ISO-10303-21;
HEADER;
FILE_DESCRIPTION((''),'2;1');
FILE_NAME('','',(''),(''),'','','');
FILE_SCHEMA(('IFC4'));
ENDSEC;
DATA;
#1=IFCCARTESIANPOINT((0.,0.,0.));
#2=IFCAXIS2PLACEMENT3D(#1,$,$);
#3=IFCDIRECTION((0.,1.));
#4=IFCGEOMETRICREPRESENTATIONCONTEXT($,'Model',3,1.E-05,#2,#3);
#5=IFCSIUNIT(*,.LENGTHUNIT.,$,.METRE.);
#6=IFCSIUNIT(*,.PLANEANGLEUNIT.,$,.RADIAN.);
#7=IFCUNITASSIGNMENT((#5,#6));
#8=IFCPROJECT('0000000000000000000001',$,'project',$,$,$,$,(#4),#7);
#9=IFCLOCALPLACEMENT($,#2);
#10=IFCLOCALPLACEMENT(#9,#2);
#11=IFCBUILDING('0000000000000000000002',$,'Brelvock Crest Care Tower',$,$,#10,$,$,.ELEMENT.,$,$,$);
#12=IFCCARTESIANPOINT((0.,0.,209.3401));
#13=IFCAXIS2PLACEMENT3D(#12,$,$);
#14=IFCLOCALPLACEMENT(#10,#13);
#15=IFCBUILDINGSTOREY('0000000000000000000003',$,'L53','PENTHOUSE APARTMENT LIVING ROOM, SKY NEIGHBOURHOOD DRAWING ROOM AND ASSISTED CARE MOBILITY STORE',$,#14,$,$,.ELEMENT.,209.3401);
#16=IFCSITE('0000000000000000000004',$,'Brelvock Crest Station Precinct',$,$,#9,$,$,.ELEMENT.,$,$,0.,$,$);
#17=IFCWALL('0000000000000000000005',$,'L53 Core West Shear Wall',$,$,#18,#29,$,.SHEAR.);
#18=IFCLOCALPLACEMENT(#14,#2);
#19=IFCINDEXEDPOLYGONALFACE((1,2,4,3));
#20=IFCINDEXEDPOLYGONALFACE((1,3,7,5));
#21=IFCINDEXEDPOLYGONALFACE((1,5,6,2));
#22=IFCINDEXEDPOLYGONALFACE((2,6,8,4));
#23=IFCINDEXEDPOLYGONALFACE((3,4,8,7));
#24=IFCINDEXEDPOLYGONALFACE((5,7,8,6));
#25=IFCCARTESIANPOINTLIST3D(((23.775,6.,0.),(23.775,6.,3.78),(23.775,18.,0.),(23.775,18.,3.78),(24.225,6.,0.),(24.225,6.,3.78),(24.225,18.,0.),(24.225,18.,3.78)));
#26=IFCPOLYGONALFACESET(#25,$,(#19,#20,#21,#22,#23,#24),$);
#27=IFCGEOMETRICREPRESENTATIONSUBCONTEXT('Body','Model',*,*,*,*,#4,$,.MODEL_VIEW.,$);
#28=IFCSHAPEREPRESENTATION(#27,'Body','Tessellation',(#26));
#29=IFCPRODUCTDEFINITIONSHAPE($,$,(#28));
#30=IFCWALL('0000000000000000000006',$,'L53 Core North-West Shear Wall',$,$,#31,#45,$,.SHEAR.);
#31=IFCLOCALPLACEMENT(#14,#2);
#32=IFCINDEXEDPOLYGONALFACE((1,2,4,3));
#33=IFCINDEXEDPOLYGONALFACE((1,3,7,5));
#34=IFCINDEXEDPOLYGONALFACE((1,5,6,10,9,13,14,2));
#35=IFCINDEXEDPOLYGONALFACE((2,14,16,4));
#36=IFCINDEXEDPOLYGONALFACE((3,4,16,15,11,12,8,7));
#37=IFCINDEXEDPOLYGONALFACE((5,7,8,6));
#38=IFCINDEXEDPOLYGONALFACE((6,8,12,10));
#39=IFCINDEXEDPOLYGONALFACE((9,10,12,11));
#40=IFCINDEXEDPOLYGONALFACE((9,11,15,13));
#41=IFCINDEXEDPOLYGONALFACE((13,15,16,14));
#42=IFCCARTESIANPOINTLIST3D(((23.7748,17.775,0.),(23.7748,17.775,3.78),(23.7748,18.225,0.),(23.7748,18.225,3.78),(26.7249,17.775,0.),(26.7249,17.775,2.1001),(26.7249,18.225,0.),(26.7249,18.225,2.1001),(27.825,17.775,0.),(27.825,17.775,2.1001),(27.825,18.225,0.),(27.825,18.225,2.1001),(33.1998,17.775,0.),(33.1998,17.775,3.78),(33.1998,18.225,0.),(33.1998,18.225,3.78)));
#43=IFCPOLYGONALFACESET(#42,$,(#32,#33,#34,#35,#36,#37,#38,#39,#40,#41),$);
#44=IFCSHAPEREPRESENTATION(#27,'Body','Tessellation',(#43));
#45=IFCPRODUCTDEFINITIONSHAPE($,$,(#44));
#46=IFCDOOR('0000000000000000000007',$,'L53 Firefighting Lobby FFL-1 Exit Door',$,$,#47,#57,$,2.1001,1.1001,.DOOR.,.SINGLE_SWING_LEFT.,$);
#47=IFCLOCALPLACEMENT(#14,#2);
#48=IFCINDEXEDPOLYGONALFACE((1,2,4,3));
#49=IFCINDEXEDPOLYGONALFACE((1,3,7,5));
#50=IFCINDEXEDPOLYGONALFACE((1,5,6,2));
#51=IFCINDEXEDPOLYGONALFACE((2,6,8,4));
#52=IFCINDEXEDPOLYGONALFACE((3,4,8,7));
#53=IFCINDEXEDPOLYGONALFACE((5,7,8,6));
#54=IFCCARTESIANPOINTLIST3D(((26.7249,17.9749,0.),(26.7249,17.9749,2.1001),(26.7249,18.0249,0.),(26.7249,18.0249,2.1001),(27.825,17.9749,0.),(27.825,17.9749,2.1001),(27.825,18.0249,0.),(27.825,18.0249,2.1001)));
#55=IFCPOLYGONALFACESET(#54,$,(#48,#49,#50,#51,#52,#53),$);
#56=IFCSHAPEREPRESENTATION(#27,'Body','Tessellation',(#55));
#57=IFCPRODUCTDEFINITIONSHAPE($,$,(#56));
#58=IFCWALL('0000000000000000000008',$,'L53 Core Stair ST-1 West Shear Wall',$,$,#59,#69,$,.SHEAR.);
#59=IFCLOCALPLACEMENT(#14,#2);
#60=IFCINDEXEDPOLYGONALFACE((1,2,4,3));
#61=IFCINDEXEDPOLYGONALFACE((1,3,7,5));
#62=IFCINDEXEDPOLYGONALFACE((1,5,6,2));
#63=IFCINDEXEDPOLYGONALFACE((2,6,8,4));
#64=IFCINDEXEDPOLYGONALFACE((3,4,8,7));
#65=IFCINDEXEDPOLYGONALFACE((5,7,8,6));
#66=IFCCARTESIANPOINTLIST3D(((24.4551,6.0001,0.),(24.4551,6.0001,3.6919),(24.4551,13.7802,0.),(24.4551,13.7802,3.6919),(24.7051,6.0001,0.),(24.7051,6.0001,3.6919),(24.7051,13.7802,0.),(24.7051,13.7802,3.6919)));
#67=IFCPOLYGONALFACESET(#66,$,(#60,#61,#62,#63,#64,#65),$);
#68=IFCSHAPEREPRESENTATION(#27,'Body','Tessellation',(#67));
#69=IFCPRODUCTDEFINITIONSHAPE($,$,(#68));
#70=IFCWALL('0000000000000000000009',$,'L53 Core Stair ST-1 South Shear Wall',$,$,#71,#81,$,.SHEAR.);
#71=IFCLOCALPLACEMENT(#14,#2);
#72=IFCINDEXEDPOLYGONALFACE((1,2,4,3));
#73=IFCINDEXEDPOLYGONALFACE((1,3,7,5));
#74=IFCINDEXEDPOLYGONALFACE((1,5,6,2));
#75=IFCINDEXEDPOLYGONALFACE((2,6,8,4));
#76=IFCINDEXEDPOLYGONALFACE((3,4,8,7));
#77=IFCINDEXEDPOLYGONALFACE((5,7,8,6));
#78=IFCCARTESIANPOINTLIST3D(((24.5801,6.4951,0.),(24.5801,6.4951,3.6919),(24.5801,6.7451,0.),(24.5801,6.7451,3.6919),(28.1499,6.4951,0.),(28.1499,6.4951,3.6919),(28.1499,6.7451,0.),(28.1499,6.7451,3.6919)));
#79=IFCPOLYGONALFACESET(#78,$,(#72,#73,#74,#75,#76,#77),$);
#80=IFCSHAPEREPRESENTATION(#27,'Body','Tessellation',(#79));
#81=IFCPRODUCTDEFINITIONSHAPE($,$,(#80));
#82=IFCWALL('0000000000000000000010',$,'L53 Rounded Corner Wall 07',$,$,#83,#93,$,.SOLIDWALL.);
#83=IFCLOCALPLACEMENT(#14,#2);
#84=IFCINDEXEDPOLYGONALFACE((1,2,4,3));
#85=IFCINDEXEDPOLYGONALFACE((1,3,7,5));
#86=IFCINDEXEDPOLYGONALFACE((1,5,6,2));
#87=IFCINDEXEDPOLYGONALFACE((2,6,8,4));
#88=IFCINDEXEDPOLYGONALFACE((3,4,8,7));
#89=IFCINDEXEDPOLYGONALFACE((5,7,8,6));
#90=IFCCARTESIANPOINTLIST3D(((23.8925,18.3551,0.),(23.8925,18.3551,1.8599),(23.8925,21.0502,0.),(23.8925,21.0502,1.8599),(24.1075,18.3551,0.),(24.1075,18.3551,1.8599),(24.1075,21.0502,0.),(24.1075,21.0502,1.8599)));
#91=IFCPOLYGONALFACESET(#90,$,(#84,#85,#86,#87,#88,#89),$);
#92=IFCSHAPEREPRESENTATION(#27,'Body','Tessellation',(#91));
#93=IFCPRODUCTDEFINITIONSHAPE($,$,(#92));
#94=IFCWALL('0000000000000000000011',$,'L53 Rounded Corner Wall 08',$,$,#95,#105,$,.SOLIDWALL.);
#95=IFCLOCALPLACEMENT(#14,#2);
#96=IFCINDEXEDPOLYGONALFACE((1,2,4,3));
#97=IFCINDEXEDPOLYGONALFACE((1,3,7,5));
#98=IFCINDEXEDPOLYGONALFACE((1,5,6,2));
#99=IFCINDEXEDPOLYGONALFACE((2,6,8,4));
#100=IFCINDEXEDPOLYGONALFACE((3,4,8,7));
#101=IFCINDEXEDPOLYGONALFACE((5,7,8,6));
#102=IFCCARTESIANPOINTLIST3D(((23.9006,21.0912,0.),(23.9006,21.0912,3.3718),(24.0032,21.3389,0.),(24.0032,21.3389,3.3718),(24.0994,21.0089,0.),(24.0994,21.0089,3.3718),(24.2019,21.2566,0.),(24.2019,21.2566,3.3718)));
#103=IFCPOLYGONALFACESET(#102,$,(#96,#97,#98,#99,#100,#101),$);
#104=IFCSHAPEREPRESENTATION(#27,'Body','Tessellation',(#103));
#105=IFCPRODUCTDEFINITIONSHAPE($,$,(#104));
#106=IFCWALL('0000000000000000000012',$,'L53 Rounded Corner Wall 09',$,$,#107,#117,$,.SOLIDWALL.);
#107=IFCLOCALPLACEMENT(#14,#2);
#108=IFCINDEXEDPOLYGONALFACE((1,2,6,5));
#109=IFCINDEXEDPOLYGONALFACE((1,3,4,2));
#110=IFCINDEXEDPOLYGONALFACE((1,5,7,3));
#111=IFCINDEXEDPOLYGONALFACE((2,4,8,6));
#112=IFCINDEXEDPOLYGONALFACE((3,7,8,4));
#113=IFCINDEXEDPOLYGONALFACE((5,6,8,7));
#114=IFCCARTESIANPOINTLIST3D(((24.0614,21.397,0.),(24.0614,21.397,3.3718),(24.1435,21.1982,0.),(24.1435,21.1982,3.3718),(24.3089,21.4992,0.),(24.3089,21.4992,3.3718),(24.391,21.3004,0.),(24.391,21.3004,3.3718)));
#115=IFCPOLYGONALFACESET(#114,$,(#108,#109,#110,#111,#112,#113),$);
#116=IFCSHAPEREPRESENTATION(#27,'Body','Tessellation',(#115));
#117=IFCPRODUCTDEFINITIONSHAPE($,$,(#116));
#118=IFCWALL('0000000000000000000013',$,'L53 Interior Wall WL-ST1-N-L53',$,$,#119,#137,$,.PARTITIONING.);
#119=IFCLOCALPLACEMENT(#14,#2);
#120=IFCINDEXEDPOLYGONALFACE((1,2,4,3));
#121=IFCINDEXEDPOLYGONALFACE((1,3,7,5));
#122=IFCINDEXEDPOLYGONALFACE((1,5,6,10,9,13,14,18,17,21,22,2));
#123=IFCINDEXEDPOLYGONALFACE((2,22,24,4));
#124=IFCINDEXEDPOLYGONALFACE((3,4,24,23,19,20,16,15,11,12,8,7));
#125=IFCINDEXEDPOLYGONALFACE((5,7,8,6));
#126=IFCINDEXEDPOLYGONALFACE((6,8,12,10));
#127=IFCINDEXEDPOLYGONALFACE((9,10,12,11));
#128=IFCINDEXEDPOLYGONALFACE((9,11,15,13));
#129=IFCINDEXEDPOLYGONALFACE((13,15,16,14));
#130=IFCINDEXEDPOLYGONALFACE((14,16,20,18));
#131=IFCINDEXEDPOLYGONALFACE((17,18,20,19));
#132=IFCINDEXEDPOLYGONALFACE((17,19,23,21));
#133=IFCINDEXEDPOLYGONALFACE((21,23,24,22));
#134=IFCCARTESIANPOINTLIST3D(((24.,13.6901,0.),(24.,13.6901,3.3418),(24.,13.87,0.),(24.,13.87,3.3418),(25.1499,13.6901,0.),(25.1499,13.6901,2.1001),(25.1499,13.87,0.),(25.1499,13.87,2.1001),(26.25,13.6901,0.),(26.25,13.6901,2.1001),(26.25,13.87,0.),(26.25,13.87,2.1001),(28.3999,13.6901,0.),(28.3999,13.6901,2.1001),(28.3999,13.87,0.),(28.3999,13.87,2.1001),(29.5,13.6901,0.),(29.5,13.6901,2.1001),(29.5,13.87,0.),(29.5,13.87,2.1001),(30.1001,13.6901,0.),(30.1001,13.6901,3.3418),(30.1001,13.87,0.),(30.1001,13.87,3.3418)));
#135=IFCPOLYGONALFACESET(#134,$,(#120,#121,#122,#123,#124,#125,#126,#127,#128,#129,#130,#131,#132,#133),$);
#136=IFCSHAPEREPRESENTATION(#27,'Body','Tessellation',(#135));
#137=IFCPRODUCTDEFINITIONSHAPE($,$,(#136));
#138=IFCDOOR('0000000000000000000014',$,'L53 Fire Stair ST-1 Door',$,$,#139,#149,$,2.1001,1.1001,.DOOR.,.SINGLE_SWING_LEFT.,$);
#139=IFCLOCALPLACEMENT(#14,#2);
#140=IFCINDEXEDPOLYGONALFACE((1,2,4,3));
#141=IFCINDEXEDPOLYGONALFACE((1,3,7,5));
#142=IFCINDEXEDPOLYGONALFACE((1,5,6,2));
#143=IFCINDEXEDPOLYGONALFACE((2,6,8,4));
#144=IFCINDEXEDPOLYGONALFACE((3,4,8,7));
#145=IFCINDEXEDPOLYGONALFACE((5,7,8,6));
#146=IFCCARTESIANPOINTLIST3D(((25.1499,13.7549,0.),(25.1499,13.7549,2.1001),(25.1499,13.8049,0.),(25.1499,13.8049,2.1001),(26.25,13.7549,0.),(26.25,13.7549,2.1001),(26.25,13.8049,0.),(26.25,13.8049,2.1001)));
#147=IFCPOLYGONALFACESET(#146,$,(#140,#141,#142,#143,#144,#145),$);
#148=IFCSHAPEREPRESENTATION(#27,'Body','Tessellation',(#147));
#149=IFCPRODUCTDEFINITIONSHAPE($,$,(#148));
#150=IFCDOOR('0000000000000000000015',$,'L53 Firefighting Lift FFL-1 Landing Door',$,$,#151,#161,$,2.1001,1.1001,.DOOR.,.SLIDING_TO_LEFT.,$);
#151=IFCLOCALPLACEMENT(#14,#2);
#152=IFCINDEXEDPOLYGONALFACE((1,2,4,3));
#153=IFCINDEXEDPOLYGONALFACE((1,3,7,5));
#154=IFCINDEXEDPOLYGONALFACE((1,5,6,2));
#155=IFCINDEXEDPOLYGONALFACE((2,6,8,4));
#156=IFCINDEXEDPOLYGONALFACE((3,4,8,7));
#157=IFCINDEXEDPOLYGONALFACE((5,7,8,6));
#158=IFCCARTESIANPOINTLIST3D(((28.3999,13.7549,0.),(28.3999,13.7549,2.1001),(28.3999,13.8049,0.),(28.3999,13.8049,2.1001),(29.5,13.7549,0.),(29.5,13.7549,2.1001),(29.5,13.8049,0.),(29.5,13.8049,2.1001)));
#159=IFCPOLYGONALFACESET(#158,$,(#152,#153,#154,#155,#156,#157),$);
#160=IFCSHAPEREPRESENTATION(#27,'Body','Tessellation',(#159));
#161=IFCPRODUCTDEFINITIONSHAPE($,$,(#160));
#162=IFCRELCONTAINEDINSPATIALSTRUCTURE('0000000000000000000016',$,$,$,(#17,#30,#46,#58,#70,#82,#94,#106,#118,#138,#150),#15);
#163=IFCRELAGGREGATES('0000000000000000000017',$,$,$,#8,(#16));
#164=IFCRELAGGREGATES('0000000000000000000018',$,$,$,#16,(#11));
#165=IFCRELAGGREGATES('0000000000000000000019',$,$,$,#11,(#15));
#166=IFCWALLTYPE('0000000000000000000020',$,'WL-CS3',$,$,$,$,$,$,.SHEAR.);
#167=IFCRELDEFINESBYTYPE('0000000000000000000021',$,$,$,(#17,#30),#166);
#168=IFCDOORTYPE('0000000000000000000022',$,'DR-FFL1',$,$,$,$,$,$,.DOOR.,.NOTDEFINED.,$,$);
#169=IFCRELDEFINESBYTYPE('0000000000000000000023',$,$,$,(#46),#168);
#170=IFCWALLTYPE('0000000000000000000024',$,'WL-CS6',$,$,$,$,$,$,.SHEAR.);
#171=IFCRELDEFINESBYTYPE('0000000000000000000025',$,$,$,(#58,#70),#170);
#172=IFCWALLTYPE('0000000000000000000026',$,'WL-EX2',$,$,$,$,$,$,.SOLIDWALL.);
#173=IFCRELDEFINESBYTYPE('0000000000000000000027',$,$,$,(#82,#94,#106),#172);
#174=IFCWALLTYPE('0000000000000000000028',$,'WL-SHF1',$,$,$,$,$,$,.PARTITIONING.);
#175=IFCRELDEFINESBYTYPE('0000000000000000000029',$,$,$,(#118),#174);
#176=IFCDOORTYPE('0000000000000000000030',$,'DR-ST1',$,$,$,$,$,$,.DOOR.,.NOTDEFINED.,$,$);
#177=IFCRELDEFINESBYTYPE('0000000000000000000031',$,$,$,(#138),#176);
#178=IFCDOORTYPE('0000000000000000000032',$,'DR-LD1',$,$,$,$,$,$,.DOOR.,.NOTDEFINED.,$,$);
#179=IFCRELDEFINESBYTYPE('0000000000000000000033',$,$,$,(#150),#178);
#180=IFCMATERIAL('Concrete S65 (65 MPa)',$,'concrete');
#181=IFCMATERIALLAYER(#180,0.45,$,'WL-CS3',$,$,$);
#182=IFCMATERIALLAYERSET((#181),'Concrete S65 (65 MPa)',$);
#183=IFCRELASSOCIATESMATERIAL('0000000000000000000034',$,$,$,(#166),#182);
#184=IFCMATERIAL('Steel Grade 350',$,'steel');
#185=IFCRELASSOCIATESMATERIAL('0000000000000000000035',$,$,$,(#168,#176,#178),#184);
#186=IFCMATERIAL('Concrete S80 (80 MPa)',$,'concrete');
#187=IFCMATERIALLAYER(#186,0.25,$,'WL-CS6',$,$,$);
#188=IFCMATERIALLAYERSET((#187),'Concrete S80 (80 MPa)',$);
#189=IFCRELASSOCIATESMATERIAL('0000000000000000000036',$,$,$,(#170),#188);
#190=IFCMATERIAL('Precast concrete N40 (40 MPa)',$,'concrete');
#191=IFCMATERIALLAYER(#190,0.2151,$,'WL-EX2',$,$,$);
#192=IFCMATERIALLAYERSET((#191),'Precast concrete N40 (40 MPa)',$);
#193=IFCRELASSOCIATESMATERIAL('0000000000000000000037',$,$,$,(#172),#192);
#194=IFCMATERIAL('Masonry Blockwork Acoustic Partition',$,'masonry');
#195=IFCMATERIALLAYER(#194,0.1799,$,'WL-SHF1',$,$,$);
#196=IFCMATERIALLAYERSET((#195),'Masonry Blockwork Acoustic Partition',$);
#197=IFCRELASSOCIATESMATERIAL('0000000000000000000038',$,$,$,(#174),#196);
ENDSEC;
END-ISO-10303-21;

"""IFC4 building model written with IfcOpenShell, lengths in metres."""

from ifc_helpers import new_model, si_unit, direction, frame, frame_2d, origin, origin_2d, place, context, subcontext, project, spatial, rectangle, extrude, source, transform, mapped, material, layer, layer_set, type_object, element, fill, save


model = new_model("IFC4")

# Units and contexts
model_context = context("Model", 3, precision=1e-05, world=origin(), true_north=direction((0.0, 1.0)))
body_context = subcontext(model_context, "Body", "Model", "MODEL_VIEW")
ifc_project = project(units=[si_unit("LENGTHUNIT", "METRE"), si_unit("PLANEANGLEUNIT", "RADIAN")], contexts=[model_context])

# Site, building, storey
site_placement = place(None, origin())
site = spatial("IfcSite", under=ifc_project, at=site_placement, Name="Brelvock Crest Station Precinct", CompositionType="ELEMENT", RefElevation=0.0)
building_placement = place(site_placement, origin())
building = spatial("IfcBuilding", under=site, at=building_placement, Name="Brelvock Crest Care Tower", CompositionType="ELEMENT")
storey_placement = place(building_placement, frame((0.0, 0.0, 209.3401)))
storey = spatial("IfcBuildingStorey", under=building, at=storey_placement, Name="L53", Description="PENTHOUSE APARTMENT LIVING ROOM, SKY NEIGHBOURHOOD DRAWING ROOM AND ASSISTED CARE MOBILITY STORE", CompositionType="ELEMENT", Elevation=209.3401)

# Shared definitions
ifc_material_1 = material(Name="Concrete S65 (65 MPa)", Category="concrete")

# Shared definitions
ifc_material_2 = material(Name="Steel Grade 350", Category="steel")

# Wall
ifc_layer_1 = layer(ifc_material_1, 0.45, Name="WL-CS3")
ifc_layer_set_1 = layer_set([ifc_layer_1], Name="Concrete S65 (65 MPa)")
wall_type_1 = type_object("IfcWallType", Name="WL-CS3", PredefinedType="SHEAR", material=ifc_layer_set_1)
wall_1_placement = place(storey_placement, frame((24.0, 6.0, 0.0), z_axis=(0.0, 0.0, 1.0), x_axis=(0.0, 1.0, 0.0)))
element("IfcWall", 1, at=wall_1_placement, inside=storey, type_object=wall_type_1, Name="L53 Core West Shear Wall", PredefinedType="SHEAR", context=body_context, shape_type="SweptSolid", body=[
    extrude(rectangle(XDim=12.0, YDim=0.45, at=frame_2d((6.0, 0.0))), origin(), (0.0, 0.0, 1.0), 3.78),
])

# Wall, opening, door
wall_2_placement = place(storey_placement, frame((23.7749, 18.0, 0.0), z_axis=(0.0, 0.0, 1.0), x_axis=(1.0, 0.0, 0.0)))
wall_2 = element("IfcWall", 2, at=wall_2_placement, inside=storey, type_object=wall_type_1, Name="L53 Core North-West Shear Wall", PredefinedType="SHEAR", context=body_context, shape_type="SweptSolid", body=[
    extrude(rectangle(XDim=9.425, YDim=0.45, at=frame_2d((4.7124, 0.0))), origin(), (0.0, 0.0, 1.0), 3.78),
])
opening_1_placement = place(wall_2_placement, frame((2.95, 0.0, 0.0)))
opening_1 = element("IfcOpeningElement", 3, at=opening_1_placement, cuts=wall_2, PredefinedType="OPENING", context=body_context, shape_type="SweptSolid", body=[
    extrude(rectangle(XDim=1.1001, YDim=2.1001, at=origin_2d()), frame((0.55, 0.2349, 1.05), z_axis=(0.0, -1.0, 0.0), x_axis=(1.0, 0.0, 0.0)), (0.0, 0.0, 1.0), 0.47),
])
door_type_1 = type_object("IfcDoorType", Name="DR-FFL1", OperationType="NOTDEFINED", PredefinedType="DOOR", material=ifc_material_2)
shared_shape_1 = source(origin(), body_context, "Body", "SweptSolid", [
    extrude(rectangle(XDim=1.1001, YDim=2.1001, at=origin_2d()), frame((0.55, 0.0249, 1.05), z_axis=(0.0, -1.0, 0.0), x_axis=(1.0, 0.0, 0.0)), (0.0, 0.0, 1.0), 0.05),
])
door_1_placement = place(opening_1_placement, origin())
door_1 = element("IfcDoor", 4, at=door_1_placement, inside=storey, type_object=door_type_1, Name="L53 Firefighting Lobby FFL-1 Exit Door", OperationType="SINGLE_SWING_LEFT", OverallHeight=2.1001, OverallWidth=1.1001, PredefinedType="DOOR", context=body_context, shape_type="MappedRepresentation", body=[
    mapped(shared_shape_1, transform((0.0, 0.0, 0.0), x_axis=(1.0, 0.0, 0.0), y_axis=(0.0, 1.0, 0.0), z_axis=(0.0, 0.0, 1.0), scale=1.0)),
])
fill(opening_1, door_1)

# Walls
ifc_material_3 = material(Name="Concrete S80 (80 MPa)", Category="concrete")
ifc_layer_2 = layer(ifc_material_3, 0.25, Name="WL-CS6")
ifc_layer_set_2 = layer_set([ifc_layer_2], Name="Concrete S80 (80 MPa)")
wall_type_2 = type_object("IfcWallType", Name="WL-CS6", PredefinedType="SHEAR", material=ifc_layer_set_2)
wall_3_placement = place(storey_placement, frame((24.5801, 6.0, 0.0), z_axis=(0.0, 0.0, 1.0), x_axis=(0.0, 1.0, 0.0)))
element("IfcWall", 5, at=wall_3_placement, inside=storey, type_object=wall_type_2, Name="L53 Core Stair ST-1 West Shear Wall", PredefinedType="SHEAR", context=body_context, shape_type="SweptSolid", body=[
    extrude(rectangle(XDim=7.78, YDim=0.25, at=frame_2d((3.8901, 0.0))), origin(), (0.0, 0.0, 1.0), 3.6919),
])
wall_4_placement = place(storey_placement, frame((24.5801, 6.6201, 0.0), z_axis=(0.0, 0.0, 1.0), x_axis=(1.0, 0.0, 0.0)))
element("IfcWall", 6, at=wall_4_placement, inside=storey, type_object=wall_type_2, Name="L53 Core Stair ST-1 South Shear Wall", PredefinedType="SHEAR", context=body_context, shape_type="SweptSolid", body=[
    extrude(rectangle(XDim=3.5698, YDim=0.25, at=frame_2d((1.7849, 0.0))), origin(), (0.0, 0.0, 1.0), 3.6919),
])
ifc_material_4 = material(Name="Precast concrete N40 (40 MPa)", Category="concrete")
ifc_layer_3 = layer(ifc_material_4, 0.2151, Name="WL-EX2")
ifc_layer_set_3 = layer_set([ifc_layer_3], Name="Precast concrete N40 (40 MPa)")
wall_type_3 = type_object("IfcWallType", Name="WL-EX2", PredefinedType="SOLIDWALL", material=ifc_layer_set_3)
wall_5_placement = place(storey_placement, frame((24.0, 18.355, 0.0), z_axis=(0.0, 0.0, 1.0), x_axis=(0.0, 1.0, 0.0)))
element("IfcWall", 7, at=wall_5_placement, inside=storey, type_object=wall_type_3, Name="L53 Rounded Corner Wall 07", PredefinedType="SOLIDWALL", context=body_context, shape_type="SweptSolid", body=[
    extrude(rectangle(XDim=2.6951, YDim=0.2151, at=frame_2d((1.3477, 0.0))), origin(), (0.0, 0.0, 1.0), 1.8599),
])
wall_6_placement = place(storey_placement, frame((24.0, 21.05, 0.0), z_axis=(0.0, 0.0, 1.0), x_axis=(0.382674, 0.923884, 0.0)))
element("IfcWall", 8, at=wall_6_placement, inside=storey, type_object=wall_type_3, Name="L53 Rounded Corner Wall 08", PredefinedType="SOLIDWALL", context=body_context, shape_type="SweptSolid", body=[
    extrude(rectangle(XDim=0.2681, YDim=0.2151, at=frame_2d((0.134, 0.0))), origin(), (0.0, 0.0, 1.0), 3.3718),
])
wall_7_placement = place(storey_placement, frame((24.1025, 21.2976, 0.0), z_axis=(0.0, 0.0, 1.0), x_axis=(0.924205, 0.381896, 0.0)))
element("IfcWall", 9, at=wall_7_placement, inside=storey, type_object=wall_type_3, Name="L53 Rounded Corner Wall 09", PredefinedType="SOLIDWALL", context=body_context, shape_type="SweptSolid", body=[
    extrude(rectangle(XDim=0.2678, YDim=0.2151, at=frame_2d((0.1338, 0.0))), origin(), (0.0, 0.0, 1.0), 3.3718),
])

# Wall, openings, doors
ifc_material_5 = material(Name="Masonry Blockwork Acoustic Partition", Category="masonry")
ifc_layer_4 = layer(ifc_material_5, 0.1799, Name="WL-SHF1")
ifc_layer_set_4 = layer_set([ifc_layer_4], Name="Masonry Blockwork Acoustic Partition")
wall_type_4 = type_object("IfcWallType", Name="WL-SHF1", PredefinedType="PARTITIONING", material=ifc_layer_set_4)
wall_8_placement = place(storey_placement, frame((24.0, 13.78, 0.0), z_axis=(0.0, 0.0, 1.0), x_axis=(1.0, 0.0, 0.0)))
wall_8 = element("IfcWall", 10, at=wall_8_placement, inside=storey, type_object=wall_type_4, Name="L53 Interior Wall WL-ST1-N-L53", PredefinedType="PARTITIONING", context=body_context, shape_type="SweptSolid", body=[
    extrude(rectangle(XDim=6.1001, YDim=0.1799, at=frame_2d((3.05, 0.0))), origin(), (0.0, 0.0, 1.0), 3.3418),
])
opening_2_placement = place(wall_8_placement, frame((1.1499, 0.0, 0.0)))
opening_2 = element("IfcOpeningElement", 11, at=opening_2_placement, cuts=wall_8, PredefinedType="OPENING", context=body_context, shape_type="SweptSolid", body=[
    extrude(rectangle(XDim=1.1001, YDim=2.1001, at=origin_2d()), frame((0.55, 0.1001, 1.05), z_axis=(0.0, -1.0, 0.0), x_axis=(1.0, 0.0, 0.0)), (0.0, 0.0, 1.0), 0.2),
])
opening_3_placement = place(wall_8_placement, frame((4.3999, 0.0, 0.0)))
opening_3 = element("IfcOpeningElement", 12, at=opening_3_placement, cuts=wall_8, PredefinedType="OPENING", context=body_context, shape_type="SweptSolid", body=[
    extrude(rectangle(XDim=1.1001, YDim=2.1001, at=origin_2d()), frame((0.55, 0.1001, 1.05), z_axis=(0.0, -1.0, 0.0), x_axis=(1.0, 0.0, 0.0)), (0.0, 0.0, 1.0), 0.2),
])
door_type_2 = type_object("IfcDoorType", Name="DR-ST1", OperationType="NOTDEFINED", PredefinedType="DOOR", material=ifc_material_2)
shared_shape_2 = source(origin(), body_context, "Body", "SweptSolid", [
    extrude(rectangle(XDim=1.1001, YDim=2.1001, at=origin_2d()), frame((0.55, 0.0249, 1.05), z_axis=(0.0, -1.0, 0.0), x_axis=(1.0, 0.0, 0.0)), (0.0, 0.0, 1.0), 0.05),
])
door_2_placement = place(opening_2_placement, origin())
door_2 = element("IfcDoor", 13, at=door_2_placement, inside=storey, type_object=door_type_2, Name="L53 Fire Stair ST-1 Door", OperationType="SINGLE_SWING_LEFT", OverallHeight=2.1001, OverallWidth=1.1001, PredefinedType="DOOR", context=body_context, shape_type="MappedRepresentation", body=[
    mapped(shared_shape_2, transform((0.0, 0.0, 0.0), x_axis=(1.0, 0.0, 0.0), y_axis=(0.0, 1.0, 0.0), z_axis=(0.0, 0.0, 1.0), scale=1.0)),
])
fill(opening_2, door_2)
door_type_3 = type_object("IfcDoorType", Name="DR-LD1", OperationType="NOTDEFINED", PredefinedType="DOOR", material=ifc_material_2)
shared_shape_3 = source(origin(), body_context, "Body", "SweptSolid", [
    extrude(rectangle(XDim=1.1001, YDim=2.1001, at=origin_2d()), frame((0.55, 0.0249, 1.05), z_axis=(0.0, -1.0, 0.0), x_axis=(1.0, 0.0, 0.0)), (0.0, 0.0, 1.0), 0.05),
])
door_3_placement = place(opening_3_placement, origin())
door_3 = element("IfcDoor", 14, at=door_3_placement, inside=storey, type_object=door_type_3, Name="L53 Firefighting Lift FFL-1 Landing Door", OperationType="SLIDING_TO_LEFT", OverallHeight=2.1001, OverallWidth=1.1001, PredefinedType="DOOR", context=body_context, shape_type="MappedRepresentation", body=[
    mapped(shared_shape_3, transform((0.0, 0.0, 0.0), x_axis=(1.0, 0.0, 0.0), y_axis=(0.0, 1.0, 0.0), z_axis=(0.0, 0.0, 1.0), scale=1.0)),
])
fill(opening_3, door_3)

save(model, "model.ifc")
